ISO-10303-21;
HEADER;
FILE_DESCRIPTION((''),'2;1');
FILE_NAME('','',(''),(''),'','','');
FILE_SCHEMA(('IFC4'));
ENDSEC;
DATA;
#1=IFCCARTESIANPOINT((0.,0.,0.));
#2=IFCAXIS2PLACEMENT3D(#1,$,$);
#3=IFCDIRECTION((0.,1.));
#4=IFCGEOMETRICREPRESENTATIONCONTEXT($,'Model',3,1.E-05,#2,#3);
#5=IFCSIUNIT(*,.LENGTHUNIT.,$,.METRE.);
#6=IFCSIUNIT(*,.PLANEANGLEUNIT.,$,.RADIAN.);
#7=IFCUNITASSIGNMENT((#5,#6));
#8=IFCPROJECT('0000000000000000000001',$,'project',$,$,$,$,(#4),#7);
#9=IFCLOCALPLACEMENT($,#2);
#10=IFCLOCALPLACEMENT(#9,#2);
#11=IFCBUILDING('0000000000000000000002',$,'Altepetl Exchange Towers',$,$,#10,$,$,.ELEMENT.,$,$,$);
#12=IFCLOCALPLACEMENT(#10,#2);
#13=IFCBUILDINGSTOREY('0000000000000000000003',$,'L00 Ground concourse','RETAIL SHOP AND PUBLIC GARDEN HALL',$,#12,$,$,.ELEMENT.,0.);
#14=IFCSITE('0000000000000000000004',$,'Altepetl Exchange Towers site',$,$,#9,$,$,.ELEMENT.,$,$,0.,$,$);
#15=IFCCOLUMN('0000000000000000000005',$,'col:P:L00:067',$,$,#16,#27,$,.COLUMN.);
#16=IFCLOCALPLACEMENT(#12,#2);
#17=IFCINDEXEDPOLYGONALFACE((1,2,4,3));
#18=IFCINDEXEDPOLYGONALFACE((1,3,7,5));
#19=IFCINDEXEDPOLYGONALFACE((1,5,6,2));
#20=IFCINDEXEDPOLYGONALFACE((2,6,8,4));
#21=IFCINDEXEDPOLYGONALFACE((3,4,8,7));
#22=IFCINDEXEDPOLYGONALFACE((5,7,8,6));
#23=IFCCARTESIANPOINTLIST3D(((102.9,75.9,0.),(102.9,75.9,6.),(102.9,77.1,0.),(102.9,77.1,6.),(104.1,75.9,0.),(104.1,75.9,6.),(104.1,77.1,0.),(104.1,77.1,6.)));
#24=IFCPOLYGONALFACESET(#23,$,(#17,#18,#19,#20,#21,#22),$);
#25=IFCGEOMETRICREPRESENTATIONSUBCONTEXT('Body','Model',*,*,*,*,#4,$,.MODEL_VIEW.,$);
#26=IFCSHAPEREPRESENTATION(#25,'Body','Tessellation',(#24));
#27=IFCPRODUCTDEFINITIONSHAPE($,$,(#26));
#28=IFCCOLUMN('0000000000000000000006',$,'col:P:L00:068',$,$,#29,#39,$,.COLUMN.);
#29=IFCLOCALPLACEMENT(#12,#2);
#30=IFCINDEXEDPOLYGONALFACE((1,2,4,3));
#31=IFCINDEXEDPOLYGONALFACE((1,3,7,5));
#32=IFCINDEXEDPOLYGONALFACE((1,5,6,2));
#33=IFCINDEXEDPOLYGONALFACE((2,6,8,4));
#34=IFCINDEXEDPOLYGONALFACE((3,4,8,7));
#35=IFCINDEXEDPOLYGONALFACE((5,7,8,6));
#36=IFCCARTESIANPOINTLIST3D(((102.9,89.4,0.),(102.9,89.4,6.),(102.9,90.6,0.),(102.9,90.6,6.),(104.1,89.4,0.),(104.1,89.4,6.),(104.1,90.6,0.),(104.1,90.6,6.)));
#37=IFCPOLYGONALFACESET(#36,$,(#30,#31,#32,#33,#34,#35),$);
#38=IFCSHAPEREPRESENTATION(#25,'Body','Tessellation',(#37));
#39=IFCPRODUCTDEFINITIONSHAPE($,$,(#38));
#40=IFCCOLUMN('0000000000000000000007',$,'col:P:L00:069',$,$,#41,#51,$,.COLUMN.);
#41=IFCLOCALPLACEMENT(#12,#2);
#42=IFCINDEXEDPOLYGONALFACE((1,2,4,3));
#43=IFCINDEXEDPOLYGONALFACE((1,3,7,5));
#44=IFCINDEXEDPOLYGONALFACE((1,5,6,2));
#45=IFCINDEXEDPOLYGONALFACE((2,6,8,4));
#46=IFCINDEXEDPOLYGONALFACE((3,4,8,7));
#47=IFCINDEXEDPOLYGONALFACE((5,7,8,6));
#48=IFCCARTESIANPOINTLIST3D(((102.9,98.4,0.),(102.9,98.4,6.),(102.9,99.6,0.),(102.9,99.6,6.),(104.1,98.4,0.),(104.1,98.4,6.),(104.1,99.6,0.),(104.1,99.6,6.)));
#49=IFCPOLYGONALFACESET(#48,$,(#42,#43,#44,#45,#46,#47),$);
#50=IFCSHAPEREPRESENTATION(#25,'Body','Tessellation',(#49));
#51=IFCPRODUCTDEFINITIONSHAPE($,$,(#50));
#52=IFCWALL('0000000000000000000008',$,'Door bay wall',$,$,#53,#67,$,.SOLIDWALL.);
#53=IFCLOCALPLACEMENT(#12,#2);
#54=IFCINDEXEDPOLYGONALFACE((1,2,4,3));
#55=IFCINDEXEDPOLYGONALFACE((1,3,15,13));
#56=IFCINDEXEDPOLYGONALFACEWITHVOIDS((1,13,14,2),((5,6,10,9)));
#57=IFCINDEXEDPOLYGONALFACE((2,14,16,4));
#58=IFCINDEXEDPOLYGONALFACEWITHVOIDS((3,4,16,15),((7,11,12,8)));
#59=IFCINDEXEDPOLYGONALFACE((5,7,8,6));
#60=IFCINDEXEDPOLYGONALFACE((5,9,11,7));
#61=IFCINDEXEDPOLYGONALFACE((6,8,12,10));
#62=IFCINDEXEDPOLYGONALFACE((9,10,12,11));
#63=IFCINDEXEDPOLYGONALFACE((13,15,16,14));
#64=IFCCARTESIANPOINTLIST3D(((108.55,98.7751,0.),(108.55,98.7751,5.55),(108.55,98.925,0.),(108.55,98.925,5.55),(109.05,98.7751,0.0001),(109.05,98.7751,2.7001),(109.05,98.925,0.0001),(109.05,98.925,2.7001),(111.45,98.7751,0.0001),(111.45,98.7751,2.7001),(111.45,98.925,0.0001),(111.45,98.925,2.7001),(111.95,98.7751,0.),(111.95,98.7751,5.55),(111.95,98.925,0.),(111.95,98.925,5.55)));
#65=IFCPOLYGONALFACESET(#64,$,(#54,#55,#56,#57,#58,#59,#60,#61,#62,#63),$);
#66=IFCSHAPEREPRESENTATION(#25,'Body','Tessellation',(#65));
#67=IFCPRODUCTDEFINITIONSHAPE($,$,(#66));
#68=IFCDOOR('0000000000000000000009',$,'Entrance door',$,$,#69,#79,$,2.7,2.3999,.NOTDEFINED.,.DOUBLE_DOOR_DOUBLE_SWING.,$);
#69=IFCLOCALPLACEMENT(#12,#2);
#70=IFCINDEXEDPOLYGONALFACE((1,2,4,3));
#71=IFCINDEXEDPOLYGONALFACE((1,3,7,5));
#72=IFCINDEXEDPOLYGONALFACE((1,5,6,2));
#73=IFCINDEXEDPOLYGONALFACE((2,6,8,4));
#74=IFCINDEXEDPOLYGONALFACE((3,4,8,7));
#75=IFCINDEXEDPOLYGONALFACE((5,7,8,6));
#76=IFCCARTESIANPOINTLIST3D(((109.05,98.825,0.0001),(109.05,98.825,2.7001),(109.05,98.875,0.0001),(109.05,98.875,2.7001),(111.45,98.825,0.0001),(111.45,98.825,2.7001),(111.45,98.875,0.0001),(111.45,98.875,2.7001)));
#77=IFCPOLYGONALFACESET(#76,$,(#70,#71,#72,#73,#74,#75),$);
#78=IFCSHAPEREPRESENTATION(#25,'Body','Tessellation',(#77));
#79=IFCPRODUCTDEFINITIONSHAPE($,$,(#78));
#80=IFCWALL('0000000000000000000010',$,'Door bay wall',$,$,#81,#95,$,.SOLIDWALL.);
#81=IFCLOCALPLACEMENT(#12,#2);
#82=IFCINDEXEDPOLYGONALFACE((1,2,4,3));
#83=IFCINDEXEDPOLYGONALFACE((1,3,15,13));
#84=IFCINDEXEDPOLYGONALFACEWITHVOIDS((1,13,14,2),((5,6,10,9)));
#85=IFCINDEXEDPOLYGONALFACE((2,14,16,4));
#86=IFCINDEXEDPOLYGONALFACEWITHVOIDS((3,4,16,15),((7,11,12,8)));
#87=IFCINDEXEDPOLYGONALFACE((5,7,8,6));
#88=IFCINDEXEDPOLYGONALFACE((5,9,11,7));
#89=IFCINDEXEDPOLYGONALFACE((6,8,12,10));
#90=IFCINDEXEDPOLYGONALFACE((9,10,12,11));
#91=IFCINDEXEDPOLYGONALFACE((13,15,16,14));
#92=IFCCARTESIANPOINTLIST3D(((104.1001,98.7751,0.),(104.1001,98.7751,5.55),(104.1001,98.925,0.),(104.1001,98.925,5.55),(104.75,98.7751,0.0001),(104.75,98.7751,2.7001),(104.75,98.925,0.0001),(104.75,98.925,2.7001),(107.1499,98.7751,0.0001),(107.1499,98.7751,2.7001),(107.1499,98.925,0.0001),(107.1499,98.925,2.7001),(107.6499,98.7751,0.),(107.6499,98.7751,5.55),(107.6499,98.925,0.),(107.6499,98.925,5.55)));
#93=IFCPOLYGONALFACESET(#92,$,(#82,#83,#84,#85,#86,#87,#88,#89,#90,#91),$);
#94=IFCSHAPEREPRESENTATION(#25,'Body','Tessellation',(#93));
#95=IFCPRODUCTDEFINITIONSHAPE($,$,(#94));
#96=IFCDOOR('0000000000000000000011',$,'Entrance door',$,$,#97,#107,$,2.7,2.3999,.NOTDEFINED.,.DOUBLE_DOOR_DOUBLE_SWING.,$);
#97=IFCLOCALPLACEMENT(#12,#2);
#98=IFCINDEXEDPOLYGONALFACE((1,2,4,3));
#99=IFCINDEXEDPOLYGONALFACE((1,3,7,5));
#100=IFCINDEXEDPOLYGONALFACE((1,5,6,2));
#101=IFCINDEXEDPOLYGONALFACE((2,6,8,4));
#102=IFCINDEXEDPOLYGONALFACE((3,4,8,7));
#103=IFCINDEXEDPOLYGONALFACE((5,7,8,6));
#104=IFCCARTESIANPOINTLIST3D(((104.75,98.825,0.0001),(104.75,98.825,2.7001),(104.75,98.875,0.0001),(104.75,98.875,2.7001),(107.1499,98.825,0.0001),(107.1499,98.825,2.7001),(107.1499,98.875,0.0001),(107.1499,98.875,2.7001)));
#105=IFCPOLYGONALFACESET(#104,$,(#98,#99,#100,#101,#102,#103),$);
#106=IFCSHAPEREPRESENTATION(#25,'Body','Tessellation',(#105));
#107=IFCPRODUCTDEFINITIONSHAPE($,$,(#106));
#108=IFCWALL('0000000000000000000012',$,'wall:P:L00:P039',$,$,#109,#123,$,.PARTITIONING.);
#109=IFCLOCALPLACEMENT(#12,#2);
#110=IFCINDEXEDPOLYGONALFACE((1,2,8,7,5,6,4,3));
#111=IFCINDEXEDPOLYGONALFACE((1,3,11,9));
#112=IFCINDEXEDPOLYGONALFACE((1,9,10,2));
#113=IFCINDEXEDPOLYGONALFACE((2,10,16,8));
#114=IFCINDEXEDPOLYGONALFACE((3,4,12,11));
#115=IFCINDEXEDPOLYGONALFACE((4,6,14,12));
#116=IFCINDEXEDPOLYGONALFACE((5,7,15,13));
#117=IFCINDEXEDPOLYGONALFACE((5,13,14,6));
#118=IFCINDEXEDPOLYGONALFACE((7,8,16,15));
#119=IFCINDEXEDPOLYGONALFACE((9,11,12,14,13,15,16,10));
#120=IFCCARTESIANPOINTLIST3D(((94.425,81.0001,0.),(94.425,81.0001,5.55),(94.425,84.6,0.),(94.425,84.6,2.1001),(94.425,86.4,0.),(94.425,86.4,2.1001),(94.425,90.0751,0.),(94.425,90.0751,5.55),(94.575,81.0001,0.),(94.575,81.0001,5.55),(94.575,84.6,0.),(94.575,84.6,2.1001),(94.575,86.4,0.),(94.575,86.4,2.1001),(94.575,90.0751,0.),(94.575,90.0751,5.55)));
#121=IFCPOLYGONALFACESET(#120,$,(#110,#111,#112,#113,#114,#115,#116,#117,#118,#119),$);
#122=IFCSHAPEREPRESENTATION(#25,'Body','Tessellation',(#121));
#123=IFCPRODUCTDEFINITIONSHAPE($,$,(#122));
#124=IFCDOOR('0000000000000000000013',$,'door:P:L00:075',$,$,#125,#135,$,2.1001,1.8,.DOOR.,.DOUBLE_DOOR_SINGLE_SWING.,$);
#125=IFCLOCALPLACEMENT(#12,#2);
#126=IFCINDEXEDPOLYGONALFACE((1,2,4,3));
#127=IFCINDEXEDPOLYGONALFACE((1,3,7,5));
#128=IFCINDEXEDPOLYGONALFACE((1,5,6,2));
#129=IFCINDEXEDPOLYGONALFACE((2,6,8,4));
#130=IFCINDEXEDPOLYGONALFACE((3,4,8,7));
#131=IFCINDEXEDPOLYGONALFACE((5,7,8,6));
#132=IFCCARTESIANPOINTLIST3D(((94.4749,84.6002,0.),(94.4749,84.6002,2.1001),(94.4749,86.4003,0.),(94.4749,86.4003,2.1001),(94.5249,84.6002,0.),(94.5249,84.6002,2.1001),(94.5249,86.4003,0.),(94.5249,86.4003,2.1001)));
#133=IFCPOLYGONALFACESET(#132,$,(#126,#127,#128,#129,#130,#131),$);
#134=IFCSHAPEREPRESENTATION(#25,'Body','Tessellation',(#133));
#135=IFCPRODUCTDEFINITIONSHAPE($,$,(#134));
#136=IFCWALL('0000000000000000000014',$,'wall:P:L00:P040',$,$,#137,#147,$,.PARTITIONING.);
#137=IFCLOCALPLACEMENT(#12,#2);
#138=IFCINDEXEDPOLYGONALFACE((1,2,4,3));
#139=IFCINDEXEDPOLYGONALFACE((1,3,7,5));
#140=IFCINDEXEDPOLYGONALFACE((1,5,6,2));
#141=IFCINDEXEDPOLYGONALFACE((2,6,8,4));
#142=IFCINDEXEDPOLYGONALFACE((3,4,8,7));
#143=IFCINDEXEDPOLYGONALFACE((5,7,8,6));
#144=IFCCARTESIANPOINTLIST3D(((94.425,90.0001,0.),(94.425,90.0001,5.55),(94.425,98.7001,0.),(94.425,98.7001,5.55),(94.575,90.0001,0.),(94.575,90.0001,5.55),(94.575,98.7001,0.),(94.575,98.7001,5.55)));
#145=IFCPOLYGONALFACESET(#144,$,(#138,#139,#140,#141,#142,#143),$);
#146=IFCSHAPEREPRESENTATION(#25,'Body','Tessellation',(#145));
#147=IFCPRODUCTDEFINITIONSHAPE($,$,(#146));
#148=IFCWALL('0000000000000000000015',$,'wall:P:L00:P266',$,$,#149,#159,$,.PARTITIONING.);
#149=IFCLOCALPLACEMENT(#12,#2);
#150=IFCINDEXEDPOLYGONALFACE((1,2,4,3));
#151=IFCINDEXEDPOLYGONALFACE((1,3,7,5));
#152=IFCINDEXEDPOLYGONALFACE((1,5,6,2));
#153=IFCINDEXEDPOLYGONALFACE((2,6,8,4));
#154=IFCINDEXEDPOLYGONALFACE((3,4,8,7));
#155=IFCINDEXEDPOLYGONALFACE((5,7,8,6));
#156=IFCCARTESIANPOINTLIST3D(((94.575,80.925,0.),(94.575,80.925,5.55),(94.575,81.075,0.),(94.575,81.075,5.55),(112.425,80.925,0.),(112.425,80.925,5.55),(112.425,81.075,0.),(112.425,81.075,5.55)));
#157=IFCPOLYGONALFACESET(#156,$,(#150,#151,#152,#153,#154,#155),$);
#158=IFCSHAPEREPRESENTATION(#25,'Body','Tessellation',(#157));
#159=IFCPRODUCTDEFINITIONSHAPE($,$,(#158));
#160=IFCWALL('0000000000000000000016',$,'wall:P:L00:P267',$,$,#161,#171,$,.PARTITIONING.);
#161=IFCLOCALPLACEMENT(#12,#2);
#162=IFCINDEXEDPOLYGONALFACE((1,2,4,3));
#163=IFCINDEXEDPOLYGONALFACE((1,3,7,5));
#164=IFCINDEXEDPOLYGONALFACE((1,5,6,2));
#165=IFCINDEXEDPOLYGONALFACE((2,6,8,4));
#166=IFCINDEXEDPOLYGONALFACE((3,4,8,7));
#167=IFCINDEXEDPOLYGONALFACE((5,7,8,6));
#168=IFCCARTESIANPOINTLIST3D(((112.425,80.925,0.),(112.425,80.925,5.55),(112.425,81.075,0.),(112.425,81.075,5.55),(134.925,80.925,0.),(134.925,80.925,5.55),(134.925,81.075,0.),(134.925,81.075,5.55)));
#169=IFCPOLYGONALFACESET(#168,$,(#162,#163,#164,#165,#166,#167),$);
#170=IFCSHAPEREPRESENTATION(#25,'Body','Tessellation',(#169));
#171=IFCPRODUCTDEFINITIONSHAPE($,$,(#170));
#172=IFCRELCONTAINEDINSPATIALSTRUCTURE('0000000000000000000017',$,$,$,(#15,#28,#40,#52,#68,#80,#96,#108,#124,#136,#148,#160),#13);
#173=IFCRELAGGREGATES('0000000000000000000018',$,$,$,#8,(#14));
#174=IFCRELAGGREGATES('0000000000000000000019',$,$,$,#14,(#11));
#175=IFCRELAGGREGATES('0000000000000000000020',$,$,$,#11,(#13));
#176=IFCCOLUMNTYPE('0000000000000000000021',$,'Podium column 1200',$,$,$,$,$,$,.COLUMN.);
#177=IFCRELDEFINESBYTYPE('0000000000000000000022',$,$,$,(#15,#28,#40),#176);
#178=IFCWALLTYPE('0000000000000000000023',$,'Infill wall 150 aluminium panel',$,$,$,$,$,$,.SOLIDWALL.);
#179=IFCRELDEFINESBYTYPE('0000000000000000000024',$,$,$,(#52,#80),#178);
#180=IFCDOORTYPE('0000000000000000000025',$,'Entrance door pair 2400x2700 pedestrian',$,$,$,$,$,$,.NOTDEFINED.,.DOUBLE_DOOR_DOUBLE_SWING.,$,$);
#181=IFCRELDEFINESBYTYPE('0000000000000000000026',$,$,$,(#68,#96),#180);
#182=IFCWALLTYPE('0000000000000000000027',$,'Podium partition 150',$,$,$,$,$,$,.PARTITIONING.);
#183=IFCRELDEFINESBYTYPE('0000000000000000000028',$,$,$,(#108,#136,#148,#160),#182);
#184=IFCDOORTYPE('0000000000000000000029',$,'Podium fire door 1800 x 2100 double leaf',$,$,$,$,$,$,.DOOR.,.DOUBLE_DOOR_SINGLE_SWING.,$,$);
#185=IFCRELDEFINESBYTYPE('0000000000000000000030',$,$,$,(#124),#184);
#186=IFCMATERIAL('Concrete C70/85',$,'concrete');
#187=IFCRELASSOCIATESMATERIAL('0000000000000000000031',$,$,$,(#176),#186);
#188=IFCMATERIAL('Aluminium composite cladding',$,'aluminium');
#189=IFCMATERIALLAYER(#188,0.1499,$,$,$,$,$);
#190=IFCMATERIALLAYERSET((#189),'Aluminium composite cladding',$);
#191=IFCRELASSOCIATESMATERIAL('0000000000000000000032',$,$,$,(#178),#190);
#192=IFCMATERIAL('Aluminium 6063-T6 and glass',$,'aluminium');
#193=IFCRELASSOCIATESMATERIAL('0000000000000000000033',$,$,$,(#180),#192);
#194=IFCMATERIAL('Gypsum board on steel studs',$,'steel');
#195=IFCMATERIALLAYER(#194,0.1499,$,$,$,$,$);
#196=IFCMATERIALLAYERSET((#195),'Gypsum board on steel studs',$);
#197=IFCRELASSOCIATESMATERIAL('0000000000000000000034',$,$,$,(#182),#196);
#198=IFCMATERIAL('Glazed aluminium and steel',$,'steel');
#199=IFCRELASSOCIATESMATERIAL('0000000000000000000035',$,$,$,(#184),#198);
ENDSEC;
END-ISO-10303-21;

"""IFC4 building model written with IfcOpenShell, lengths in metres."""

from ifc_helpers import new_model, si_unit, direction, frame, frame_2d, origin, origin_2d, place, context, subcontext, project, spatial, rectangle, extrude, material, layer, layer_set, material_profile, profile_set, type_object, element, fill, save


model = new_model("IFC4")

# Units and contexts
model_context = context("Model", 3, precision=1e-05, world=origin(), true_north=direction((0.0, 1.0)))
body_context = subcontext(model_context, "Body", "Model", "MODEL_VIEW")
ifc_project = project(units=[si_unit("LENGTHUNIT", "METRE"), si_unit("PLANEANGLEUNIT", "RADIAN")], contexts=[model_context])

# Site, building, storey
site_placement = place(None, origin())
site = spatial("IfcSite", under=ifc_project, at=site_placement, Name="Altepetl Exchange Towers site", CompositionType="ELEMENT", RefElevation=0.0)
building_placement = place(site_placement, origin())
building = spatial("IfcBuilding", under=site, at=building_placement, Name="Altepetl Exchange Towers", CompositionType="ELEMENT")
storey_placement = place(building_placement, origin())
storey = spatial("IfcBuildingStorey", under=building, at=storey_placement, Name="L00 Ground concourse", Description="RETAIL SHOP AND PUBLIC GARDEN HALL", CompositionType="ELEMENT", Elevation=0.0)

# Columns
ifc_material_1 = material(Name="Concrete C70/85", Category="concrete")
ifc_material_profile = material_profile(ifc_material_1, rectangle(XDim=1.2, YDim=1.2, at=origin_2d()), Name="1200 x 1200")
ifc_profile_set = profile_set([ifc_material_profile], Name="Concrete C70/85")
column_type = type_object("IfcColumnType", Name="Podium column 1200", PredefinedType="COLUMN", material=ifc_profile_set)
for number, where, name in (
    (1, (103.5, 76.5, 0.0), "col:P:L00:067"),
    (2, (103.5, 90.0, 0.0), "col:P:L00:068"),
    (3, (103.5, 99.0, 0.0), "col:P:L00:069"),
):
    element("IfcColumn", number, at=place(storey_placement, frame(where)), inside=storey, type_object=column_type, Name=name, PredefinedType="COLUMN", context=body_context, shape_type="SweptSolid", body=[
        extrude(rectangle(XDim=1.2, YDim=1.2, at=origin_2d()), origin(), (0.0, 0.0, 1.0), 6.0),
    ])

# Walls, openings, doors
ifc_material_2 = material(Name="Aluminium composite cladding", Category="aluminium")
ifc_layer_1 = layer(ifc_material_2, 0.1499)
ifc_layer_set_1 = layer_set([ifc_layer_1], Name="Aluminium composite cladding")
wall_type_1 = type_object("IfcWallType", Name="Infill wall 150 aluminium panel", PredefinedType="SOLIDWALL", material=ifc_layer_set_1)
wall_1_placement = place(storey_placement, frame((111.95, 98.8501, 0.0), z_axis=(0.0, 0.0, 1.0), x_axis=(-1.0, 0.0, 0.0)))
wall_1 = element("IfcWall", 4, at=wall_1_placement, inside=storey, type_object=wall_type_1, Name="Door bay wall", PredefinedType="SOLIDWALL", context=body_context, shape_type="SweptSolid", body=[
    extrude(rectangle(XDim=3.3999, YDim=0.1499, at=frame_2d((1.7, 0.0))), origin(), (0.0, 0.0, 1.0), 5.55),
])
opening_1_placement = place(wall_1_placement, frame((0.5, 0.0, 0.0)))
opening_1 = element("IfcOpeningElement", 5, at=opening_1_placement, cuts=wall_1, PredefinedType="OPENING", context=body_context, shape_type="SweptSolid", body=[
    extrude(rectangle(XDim=2.3999, YDim=2.7, at=frame_2d((1.2, 1.3501))), frame((0.0, 0.085, 0.0), z_axis=(0.0, -1.0, 0.0), x_axis=(1.0, 0.0, 0.0)), (0.0, 0.0, 1.0), 0.1699),
])
ifc_material_3 = material(Name="Aluminium 6063-T6 and glass", Category="aluminium")
door_type_1 = type_object("IfcDoorType", Name="Entrance door pair 2400x2700 pedestrian", OperationType="DOUBLE_DOOR_DOUBLE_SWING", PredefinedType="NOTDEFINED", material=ifc_material_3)
door_1_placement = place(opening_1_placement, frame((2.3999, 0.0, 0.0), x_axis=(-1.0, 0.0, 0.0)))
door_1 = element("IfcDoor", 6, at=door_1_placement, inside=storey, type_object=door_type_1, Name="Entrance door", OperationType="DOUBLE_DOOR_DOUBLE_SWING", OverallHeight=2.7, OverallWidth=2.3999, PredefinedType="NOTDEFINED", context=body_context, shape_type="SweptSolid", body=[
    extrude(rectangle(XDim=2.3999, YDim=2.7, at=frame_2d((1.2, 1.3501))), frame((0.0, 0.0249, 0.0), z_axis=(0.0, -1.0, 0.0), x_axis=(1.0, 0.0, 0.0)), (0.0, 0.0, 1.0), 0.05),
])
fill(opening_1, door_1)
wall_2_placement = place(storey_placement, frame((107.6499, 98.8501, 0.0), z_axis=(0.0, 0.0, 1.0), x_axis=(-1.0, 0.0, 0.0)))
wall_2 = element("IfcWall", 7, at=wall_2_placement, inside=storey, type_object=wall_type_1, Name="Door bay wall", PredefinedType="SOLIDWALL", context=body_context, shape_type="SweptSolid", body=[
    extrude(rectangle(XDim=3.5498, YDim=0.1499, at=frame_2d((1.7749, 0.0))), origin(), (0.0, 0.0, 1.0), 5.55),
])
opening_2_placement = place(wall_2_placement, frame((0.5, 0.0, 0.0)))
opening_2 = element("IfcOpeningElement", 8, at=opening_2_placement, cuts=wall_2, PredefinedType="OPENING", context=body_context, shape_type="SweptSolid", body=[
    extrude(rectangle(XDim=2.3999, YDim=2.7, at=frame_2d((1.2, 1.3501))), frame((0.0, 0.085, 0.0), z_axis=(0.0, -1.0, 0.0), x_axis=(1.0, 0.0, 0.0)), (0.0, 0.0, 1.0), 0.1699),
])
door_2_placement = place(opening_2_placement, frame((2.3999, 0.0, 0.0), x_axis=(-1.0, 0.0, 0.0)))
door_2 = element("IfcDoor", 9, at=door_2_placement, inside=storey, type_object=door_type_1, Name="Entrance door", OperationType="DOUBLE_DOOR_DOUBLE_SWING", OverallHeight=2.7, OverallWidth=2.3999, PredefinedType="NOTDEFINED", context=body_context, shape_type="SweptSolid", body=[
    extrude(rectangle(XDim=2.3999, YDim=2.7, at=frame_2d((1.2, 1.3501))), frame((0.0, 0.0249, 0.0), z_axis=(0.0, -1.0, 0.0), x_axis=(1.0, 0.0, 0.0)), (0.0, 0.0, 1.0), 0.05),
])
fill(opening_2, door_2)
ifc_material_4 = material(Name="Gypsum board on steel studs", Category="steel")
ifc_layer_2 = layer(ifc_material_4, 0.1499)
ifc_layer_set_2 = layer_set([ifc_layer_2], Name="Gypsum board on steel studs")
wall_type_2 = type_object("IfcWallType", Name="Podium partition 150", PredefinedType="PARTITIONING", material=ifc_layer_set_2)
wall_3_placement = place(storey_placement, frame((94.5, 81.0, 0.0), z_axis=(0.0, 0.0, 1.0), x_axis=(0.0, 1.0, 0.0)))
wall_3 = element("IfcWall", 10, at=wall_3_placement, inside=storey, type_object=wall_type_2, Name="wall:P:L00:P039", PredefinedType="PARTITIONING", context=body_context, shape_type="SweptSolid", body=[
    extrude(rectangle(XDim=9.075, YDim=0.1499, at=frame_2d((4.5376, 0.0))), origin(), (0.0, 0.0, 1.0), 5.55),
])
opening_3_placement = place(wall_3_placement, frame((3.6001, 0.0, 0.0)))
opening_3 = element("IfcOpeningElement", 11, at=opening_3_placement, cuts=wall_3, PredefinedType="OPENING", context=body_context, shape_type="SweptSolid", body=[
    extrude(rectangle(XDim=1.8, YDim=2.1001, at=frame_2d((0.8999, 1.05))), frame((0.0, 0.085, 0.0), z_axis=(0.0, -1.0, 0.0), x_axis=(1.0, 0.0, 0.0)), (0.0, 0.0, 1.0), 0.1699),
])
ifc_material_5 = material(Name="Glazed aluminium and steel", Category="steel")
door_type_2 = type_object("IfcDoorType", Name="Podium fire door 1800 x 2100 double leaf", OperationType="DOUBLE_DOOR_SINGLE_SWING", PredefinedType="DOOR", material=ifc_material_5)
door_3_placement = place(opening_3_placement, frame((1.8, 0.0, 0.0), x_axis=(-1.0, 0.0, 0.0)))
door_3 = element("IfcDoor", 12, at=door_3_placement, inside=storey, type_object=door_type_2, Name="door:P:L00:075", OperationType="DOUBLE_DOOR_SINGLE_SWING", OverallHeight=2.1001, OverallWidth=1.8, PredefinedType="DOOR", context=body_context, shape_type="SweptSolid", body=[
    extrude(rectangle(XDim=1.8, YDim=2.1001, at=frame_2d((0.8999, 1.05))), frame((0.0, 0.0249, 0.0), z_axis=(0.0, -1.0, 0.0), x_axis=(1.0, 0.0, 0.0)), (0.0, 0.0, 1.0), 0.05),
])
fill(opening_3, door_3)

# Walls
wall_4_placement = place(storey_placement, frame((94.5, 90.0, 0.0), z_axis=(0.0, 0.0, 1.0), x_axis=(0.0, 1.0, 0.0)))
element("IfcWall", 13, at=wall_4_placement, inside=storey, type_object=wall_type_2, Name="wall:P:L00:P040", PredefinedType="PARTITIONING", context=body_context, shape_type="SweptSolid", body=[
    extrude(rectangle(XDim=8.7, YDim=0.1499, at=frame_2d((4.3501, 0.0))), origin(), (0.0, 0.0, 1.0), 5.55),
])
wall_5_placement = place(storey_placement, frame((94.575, 81.0, 0.0)))
element("IfcWall", 14, at=wall_5_placement, inside=storey, type_object=wall_type_2, Name="wall:P:L00:P266", PredefinedType="PARTITIONING", context=body_context, shape_type="SweptSolid", body=[
    extrude(rectangle(XDim=17.8501, YDim=0.1499, at=frame_2d((8.925, 0.0))), origin(), (0.0, 0.0, 1.0), 5.55),
])
wall_6_placement = place(storey_placement, frame((112.425, 81.0, 0.0)))
element("IfcWall", 15, at=wall_6_placement, inside=storey, type_object=wall_type_2, Name="wall:P:L00:P267", PredefinedType="PARTITIONING", context=body_context, shape_type="SweptSolid", body=[
    extrude(rectangle(XDim=22.5, YDim=0.1499, at=frame_2d((11.25, 0.0))), origin(), (0.0, 0.0, 1.0), 5.55),
])

save(model, "model.ifc")
